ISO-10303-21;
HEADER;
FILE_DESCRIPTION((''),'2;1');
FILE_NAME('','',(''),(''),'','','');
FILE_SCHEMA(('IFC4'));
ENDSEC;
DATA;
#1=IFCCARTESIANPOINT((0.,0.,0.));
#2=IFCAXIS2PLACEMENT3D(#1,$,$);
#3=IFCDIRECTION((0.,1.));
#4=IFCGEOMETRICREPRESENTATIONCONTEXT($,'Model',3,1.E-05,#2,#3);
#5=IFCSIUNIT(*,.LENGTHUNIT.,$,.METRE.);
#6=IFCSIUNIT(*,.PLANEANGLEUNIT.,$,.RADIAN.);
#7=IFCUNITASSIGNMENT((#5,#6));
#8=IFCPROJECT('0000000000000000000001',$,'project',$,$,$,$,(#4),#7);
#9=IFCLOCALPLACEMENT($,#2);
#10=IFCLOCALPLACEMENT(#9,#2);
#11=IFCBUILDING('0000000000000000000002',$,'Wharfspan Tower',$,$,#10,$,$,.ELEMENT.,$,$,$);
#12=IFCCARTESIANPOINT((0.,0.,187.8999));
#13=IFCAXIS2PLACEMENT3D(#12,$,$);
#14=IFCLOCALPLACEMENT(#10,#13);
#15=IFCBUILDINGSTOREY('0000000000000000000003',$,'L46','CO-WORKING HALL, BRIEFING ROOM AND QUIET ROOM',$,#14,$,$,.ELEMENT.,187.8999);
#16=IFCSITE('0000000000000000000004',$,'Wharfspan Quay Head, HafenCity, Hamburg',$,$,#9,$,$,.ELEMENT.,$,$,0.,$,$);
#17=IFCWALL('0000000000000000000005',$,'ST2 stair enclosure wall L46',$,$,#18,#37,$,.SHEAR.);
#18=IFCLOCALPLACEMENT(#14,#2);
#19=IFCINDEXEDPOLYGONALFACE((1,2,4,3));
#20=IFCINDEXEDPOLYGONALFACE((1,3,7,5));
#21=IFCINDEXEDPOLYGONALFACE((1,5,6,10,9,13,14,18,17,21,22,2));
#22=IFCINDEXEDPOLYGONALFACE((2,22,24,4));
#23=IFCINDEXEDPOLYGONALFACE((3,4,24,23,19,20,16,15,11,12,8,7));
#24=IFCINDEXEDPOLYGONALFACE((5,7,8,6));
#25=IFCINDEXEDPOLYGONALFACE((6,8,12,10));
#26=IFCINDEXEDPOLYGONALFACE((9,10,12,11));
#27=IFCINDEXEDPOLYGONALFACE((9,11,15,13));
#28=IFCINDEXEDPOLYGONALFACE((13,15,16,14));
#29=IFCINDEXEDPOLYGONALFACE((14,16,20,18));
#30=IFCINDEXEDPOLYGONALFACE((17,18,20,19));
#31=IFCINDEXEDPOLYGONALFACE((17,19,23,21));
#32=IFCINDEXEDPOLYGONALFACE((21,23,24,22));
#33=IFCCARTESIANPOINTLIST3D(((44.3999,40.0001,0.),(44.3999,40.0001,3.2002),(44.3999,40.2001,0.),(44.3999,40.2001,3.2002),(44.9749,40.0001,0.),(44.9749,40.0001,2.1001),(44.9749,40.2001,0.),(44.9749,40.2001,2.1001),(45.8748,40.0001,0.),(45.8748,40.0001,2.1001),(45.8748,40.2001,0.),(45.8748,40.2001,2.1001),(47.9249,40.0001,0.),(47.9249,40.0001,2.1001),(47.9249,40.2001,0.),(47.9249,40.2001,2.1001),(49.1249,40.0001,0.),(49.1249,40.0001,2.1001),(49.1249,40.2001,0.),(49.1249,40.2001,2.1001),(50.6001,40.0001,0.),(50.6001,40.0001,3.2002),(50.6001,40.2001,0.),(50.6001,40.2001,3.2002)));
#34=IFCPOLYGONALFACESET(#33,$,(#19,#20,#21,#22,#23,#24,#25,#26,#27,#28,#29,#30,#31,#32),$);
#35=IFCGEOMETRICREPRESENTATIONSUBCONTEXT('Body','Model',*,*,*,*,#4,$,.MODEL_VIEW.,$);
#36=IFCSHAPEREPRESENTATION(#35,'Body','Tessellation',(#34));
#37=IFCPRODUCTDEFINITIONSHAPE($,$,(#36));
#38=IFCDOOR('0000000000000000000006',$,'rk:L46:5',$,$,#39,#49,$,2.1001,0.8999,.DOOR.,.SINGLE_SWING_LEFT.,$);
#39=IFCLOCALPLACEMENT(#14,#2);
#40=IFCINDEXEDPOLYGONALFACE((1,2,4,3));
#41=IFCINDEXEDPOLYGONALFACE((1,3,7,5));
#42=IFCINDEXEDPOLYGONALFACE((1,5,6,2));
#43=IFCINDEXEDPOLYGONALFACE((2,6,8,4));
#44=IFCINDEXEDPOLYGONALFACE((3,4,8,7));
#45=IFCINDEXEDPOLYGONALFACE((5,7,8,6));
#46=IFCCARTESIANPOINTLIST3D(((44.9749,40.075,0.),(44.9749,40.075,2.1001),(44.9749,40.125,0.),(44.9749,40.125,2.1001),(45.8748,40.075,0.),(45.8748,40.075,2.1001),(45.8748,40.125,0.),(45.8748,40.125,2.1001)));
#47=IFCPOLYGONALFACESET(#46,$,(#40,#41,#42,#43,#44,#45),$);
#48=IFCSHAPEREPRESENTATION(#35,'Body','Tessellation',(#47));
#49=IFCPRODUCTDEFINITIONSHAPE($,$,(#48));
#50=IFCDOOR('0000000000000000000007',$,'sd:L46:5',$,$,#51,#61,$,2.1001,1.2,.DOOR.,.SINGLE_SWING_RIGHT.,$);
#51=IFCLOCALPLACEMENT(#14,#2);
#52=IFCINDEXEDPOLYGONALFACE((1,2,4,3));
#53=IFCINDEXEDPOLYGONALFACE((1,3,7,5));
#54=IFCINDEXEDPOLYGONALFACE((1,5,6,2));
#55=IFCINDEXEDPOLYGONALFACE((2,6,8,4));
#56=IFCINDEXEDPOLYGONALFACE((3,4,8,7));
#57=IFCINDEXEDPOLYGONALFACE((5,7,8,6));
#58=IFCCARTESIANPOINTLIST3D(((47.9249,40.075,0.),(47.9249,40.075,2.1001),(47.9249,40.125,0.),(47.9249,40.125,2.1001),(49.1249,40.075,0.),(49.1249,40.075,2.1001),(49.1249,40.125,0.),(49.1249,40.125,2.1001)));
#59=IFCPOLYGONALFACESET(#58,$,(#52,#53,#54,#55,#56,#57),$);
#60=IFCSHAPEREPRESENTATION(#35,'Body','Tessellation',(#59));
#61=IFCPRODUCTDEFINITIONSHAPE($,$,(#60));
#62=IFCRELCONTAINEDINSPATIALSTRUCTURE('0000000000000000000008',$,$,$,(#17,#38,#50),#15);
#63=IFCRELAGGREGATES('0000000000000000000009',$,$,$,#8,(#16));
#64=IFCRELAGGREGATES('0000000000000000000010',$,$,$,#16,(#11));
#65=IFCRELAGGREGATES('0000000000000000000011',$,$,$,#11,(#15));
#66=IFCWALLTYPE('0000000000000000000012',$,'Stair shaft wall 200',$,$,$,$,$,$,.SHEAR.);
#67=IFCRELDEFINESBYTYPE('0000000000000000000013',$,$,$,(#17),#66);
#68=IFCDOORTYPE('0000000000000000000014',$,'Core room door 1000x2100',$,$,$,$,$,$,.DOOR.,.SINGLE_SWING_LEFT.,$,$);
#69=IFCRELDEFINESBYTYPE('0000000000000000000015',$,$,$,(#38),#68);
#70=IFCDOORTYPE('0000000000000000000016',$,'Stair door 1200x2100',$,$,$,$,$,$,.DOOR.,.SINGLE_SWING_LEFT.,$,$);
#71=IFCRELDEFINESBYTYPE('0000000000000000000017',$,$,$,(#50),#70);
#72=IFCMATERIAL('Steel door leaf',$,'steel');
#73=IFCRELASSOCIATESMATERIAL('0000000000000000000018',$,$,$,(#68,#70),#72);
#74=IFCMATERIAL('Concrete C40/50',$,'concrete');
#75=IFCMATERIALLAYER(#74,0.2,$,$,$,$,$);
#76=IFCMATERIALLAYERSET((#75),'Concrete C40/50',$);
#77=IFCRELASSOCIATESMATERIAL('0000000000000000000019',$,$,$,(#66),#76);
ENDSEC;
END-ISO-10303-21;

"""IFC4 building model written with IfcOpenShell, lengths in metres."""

from ifc_helpers import new_model, si_unit, direction, frame, frame_2d, origin, place, context, subcontext, project, spatial, rectangle, extrude, material, layer, layer_set, type_object, element, fill, save


model = new_model("IFC4")

# Units and contexts
model_context = context("Model", 3, precision=1e-05, world=origin(), true_north=direction((0.0, 1.0)))
body_context = subcontext(model_context, "Body", "Model", "MODEL_VIEW")
ifc_project = project(units=[si_unit("LENGTHUNIT", "METRE"), si_unit("PLANEANGLEUNIT", "RADIAN")], contexts=[model_context])

# Site, building, storey
site_placement = place(None, origin())
site = spatial("IfcSite", under=ifc_project, at=site_placement, Name="Wharfspan Quay Head, HafenCity, Hamburg", CompositionType="ELEMENT", RefElevation=0.0)
building_placement = place(site_placement, origin())
building = spatial("IfcBuilding", under=site, at=building_placement, Name="Wharfspan Tower", CompositionType="ELEMENT")
storey_placement = place(building_placement, frame((0.0, 0.0, 187.8999)))
storey = spatial("IfcBuildingStorey", under=building, at=storey_placement, Name="L46", Description="CO-WORKING HALL, BRIEFING ROOM AND QUIET ROOM", CompositionType="ELEMENT", Elevation=187.8999)

# Shared definitions
ifc_material_1 = material(Name="Steel door leaf", Category="steel")
door_type_1 = type_object("IfcDoorType", Name="Core room door 1000x2100", OperationType="SINGLE_SWING_LEFT", PredefinedType="DOOR", material=ifc_material_1)

# Wall, openings, doors
ifc_material_2 = material(Name="Concrete C40/50", Category="concrete")
ifc_layer_1 = layer(ifc_material_2, 0.2)
ifc_layer_set_1 = layer_set([ifc_layer_1], Name="Concrete C40/50")
wall_type_1 = type_object("IfcWallType", Name="Stair shaft wall 200", PredefinedType="SHEAR", material=ifc_layer_set_1)
wall_1_placement = place(storey_placement, frame((44.3999, 40.1001, 0.0), z_axis=(0.0, 0.0, 1.0), x_axis=(1.0, 0.0, 0.0)))
wall_1 = element("IfcWall", 1, at=wall_1_placement, inside=storey, type_object=wall_type_1, Name="ST2 stair enclosure wall L46", PredefinedType="SHEAR", context=body_context, shape_type="SweptSolid", body=[
    extrude(rectangle(XDim=6.2002, YDim=0.2, at=frame_2d((3.1001, 0.0))), origin(), (0.0, 0.0, 1.0), 3.2002),
])
opening_1_placement = place(wall_1_placement, frame((3.5249, 0.0, 0.0)))
opening_1 = element("IfcOpeningElement", 2, at=opening_1_placement, cuts=wall_1, PredefinedType="OPENING", context=body_context, shape_type="SweptSolid", body=[
    extrude(rectangle(XDim=1.2, YDim=2.1001, at=frame_2d((0.6001, 1.05))), frame((0.0, 0.1099, 0.0), z_axis=(0.0, -1.0, 0.0), x_axis=(1.0, 0.0, 0.0)), (0.0, 0.0, 1.0), 0.22),
])
opening_2_placement = place(wall_1_placement, frame((0.575, 0.0, 0.0)))
opening_2 = element("IfcOpeningElement", 3, at=opening_2_placement, cuts=wall_1, PredefinedType="OPENING", context=body_context, shape_type="SweptSolid", body=[
    extrude(rectangle(XDim=0.8999, YDim=2.1001, at=frame_2d((0.45, 1.05))), frame((0.0, 0.1099, 0.0), z_axis=(0.0, -1.0, 0.0), x_axis=(1.0, 0.0, 0.0)), (0.0, 0.0, 1.0), 0.22),
])
door_1_placement = place(opening_2_placement, origin())
door_1 = element("IfcDoor", 4, at=door_1_placement, inside=storey, type_object=door_type_1, Name="rk:L46:5", OperationType="SINGLE_SWING_LEFT", OverallHeight=2.1001, OverallWidth=0.8999, PredefinedType="DOOR", context=body_context, shape_type="SweptSolid", body=[
    extrude(rectangle(XDim=0.8999, YDim=2.1001, at=frame_2d((0.45, 1.05))), frame((0.0, 0.0249, 0.0), z_axis=(0.0, -1.0, 0.0), x_axis=(1.0, 0.0, 0.0)), (0.0, 0.0, 1.0), 0.05),
])
fill(opening_2, door_1)
door_type_2 = type_object("IfcDoorType", Name="Stair door 1200x2100", OperationType="SINGLE_SWING_LEFT", PredefinedType="DOOR", material=ifc_material_1)
door_2_placement = place(opening_1_placement, origin())
door_2 = element("IfcDoor", 5, at=door_2_placement, inside=storey, type_object=door_type_2, Name="sd:L46:5", OperationType="SINGLE_SWING_RIGHT", OverallHeight=2.1001, OverallWidth=1.2, PredefinedType="DOOR", context=body_context, shape_type="SweptSolid", body=[
    extrude(rectangle(XDim=1.2, YDim=2.1001, at=frame_2d((0.6001, 1.05))), frame((0.0, 0.0249, 0.0), z_axis=(0.0, -1.0, 0.0), x_axis=(1.0, 0.0, 0.0)), (0.0, 0.0, 1.0), 0.05),
])
fill(opening_1, door_2)

save(model, "model.ifc")
